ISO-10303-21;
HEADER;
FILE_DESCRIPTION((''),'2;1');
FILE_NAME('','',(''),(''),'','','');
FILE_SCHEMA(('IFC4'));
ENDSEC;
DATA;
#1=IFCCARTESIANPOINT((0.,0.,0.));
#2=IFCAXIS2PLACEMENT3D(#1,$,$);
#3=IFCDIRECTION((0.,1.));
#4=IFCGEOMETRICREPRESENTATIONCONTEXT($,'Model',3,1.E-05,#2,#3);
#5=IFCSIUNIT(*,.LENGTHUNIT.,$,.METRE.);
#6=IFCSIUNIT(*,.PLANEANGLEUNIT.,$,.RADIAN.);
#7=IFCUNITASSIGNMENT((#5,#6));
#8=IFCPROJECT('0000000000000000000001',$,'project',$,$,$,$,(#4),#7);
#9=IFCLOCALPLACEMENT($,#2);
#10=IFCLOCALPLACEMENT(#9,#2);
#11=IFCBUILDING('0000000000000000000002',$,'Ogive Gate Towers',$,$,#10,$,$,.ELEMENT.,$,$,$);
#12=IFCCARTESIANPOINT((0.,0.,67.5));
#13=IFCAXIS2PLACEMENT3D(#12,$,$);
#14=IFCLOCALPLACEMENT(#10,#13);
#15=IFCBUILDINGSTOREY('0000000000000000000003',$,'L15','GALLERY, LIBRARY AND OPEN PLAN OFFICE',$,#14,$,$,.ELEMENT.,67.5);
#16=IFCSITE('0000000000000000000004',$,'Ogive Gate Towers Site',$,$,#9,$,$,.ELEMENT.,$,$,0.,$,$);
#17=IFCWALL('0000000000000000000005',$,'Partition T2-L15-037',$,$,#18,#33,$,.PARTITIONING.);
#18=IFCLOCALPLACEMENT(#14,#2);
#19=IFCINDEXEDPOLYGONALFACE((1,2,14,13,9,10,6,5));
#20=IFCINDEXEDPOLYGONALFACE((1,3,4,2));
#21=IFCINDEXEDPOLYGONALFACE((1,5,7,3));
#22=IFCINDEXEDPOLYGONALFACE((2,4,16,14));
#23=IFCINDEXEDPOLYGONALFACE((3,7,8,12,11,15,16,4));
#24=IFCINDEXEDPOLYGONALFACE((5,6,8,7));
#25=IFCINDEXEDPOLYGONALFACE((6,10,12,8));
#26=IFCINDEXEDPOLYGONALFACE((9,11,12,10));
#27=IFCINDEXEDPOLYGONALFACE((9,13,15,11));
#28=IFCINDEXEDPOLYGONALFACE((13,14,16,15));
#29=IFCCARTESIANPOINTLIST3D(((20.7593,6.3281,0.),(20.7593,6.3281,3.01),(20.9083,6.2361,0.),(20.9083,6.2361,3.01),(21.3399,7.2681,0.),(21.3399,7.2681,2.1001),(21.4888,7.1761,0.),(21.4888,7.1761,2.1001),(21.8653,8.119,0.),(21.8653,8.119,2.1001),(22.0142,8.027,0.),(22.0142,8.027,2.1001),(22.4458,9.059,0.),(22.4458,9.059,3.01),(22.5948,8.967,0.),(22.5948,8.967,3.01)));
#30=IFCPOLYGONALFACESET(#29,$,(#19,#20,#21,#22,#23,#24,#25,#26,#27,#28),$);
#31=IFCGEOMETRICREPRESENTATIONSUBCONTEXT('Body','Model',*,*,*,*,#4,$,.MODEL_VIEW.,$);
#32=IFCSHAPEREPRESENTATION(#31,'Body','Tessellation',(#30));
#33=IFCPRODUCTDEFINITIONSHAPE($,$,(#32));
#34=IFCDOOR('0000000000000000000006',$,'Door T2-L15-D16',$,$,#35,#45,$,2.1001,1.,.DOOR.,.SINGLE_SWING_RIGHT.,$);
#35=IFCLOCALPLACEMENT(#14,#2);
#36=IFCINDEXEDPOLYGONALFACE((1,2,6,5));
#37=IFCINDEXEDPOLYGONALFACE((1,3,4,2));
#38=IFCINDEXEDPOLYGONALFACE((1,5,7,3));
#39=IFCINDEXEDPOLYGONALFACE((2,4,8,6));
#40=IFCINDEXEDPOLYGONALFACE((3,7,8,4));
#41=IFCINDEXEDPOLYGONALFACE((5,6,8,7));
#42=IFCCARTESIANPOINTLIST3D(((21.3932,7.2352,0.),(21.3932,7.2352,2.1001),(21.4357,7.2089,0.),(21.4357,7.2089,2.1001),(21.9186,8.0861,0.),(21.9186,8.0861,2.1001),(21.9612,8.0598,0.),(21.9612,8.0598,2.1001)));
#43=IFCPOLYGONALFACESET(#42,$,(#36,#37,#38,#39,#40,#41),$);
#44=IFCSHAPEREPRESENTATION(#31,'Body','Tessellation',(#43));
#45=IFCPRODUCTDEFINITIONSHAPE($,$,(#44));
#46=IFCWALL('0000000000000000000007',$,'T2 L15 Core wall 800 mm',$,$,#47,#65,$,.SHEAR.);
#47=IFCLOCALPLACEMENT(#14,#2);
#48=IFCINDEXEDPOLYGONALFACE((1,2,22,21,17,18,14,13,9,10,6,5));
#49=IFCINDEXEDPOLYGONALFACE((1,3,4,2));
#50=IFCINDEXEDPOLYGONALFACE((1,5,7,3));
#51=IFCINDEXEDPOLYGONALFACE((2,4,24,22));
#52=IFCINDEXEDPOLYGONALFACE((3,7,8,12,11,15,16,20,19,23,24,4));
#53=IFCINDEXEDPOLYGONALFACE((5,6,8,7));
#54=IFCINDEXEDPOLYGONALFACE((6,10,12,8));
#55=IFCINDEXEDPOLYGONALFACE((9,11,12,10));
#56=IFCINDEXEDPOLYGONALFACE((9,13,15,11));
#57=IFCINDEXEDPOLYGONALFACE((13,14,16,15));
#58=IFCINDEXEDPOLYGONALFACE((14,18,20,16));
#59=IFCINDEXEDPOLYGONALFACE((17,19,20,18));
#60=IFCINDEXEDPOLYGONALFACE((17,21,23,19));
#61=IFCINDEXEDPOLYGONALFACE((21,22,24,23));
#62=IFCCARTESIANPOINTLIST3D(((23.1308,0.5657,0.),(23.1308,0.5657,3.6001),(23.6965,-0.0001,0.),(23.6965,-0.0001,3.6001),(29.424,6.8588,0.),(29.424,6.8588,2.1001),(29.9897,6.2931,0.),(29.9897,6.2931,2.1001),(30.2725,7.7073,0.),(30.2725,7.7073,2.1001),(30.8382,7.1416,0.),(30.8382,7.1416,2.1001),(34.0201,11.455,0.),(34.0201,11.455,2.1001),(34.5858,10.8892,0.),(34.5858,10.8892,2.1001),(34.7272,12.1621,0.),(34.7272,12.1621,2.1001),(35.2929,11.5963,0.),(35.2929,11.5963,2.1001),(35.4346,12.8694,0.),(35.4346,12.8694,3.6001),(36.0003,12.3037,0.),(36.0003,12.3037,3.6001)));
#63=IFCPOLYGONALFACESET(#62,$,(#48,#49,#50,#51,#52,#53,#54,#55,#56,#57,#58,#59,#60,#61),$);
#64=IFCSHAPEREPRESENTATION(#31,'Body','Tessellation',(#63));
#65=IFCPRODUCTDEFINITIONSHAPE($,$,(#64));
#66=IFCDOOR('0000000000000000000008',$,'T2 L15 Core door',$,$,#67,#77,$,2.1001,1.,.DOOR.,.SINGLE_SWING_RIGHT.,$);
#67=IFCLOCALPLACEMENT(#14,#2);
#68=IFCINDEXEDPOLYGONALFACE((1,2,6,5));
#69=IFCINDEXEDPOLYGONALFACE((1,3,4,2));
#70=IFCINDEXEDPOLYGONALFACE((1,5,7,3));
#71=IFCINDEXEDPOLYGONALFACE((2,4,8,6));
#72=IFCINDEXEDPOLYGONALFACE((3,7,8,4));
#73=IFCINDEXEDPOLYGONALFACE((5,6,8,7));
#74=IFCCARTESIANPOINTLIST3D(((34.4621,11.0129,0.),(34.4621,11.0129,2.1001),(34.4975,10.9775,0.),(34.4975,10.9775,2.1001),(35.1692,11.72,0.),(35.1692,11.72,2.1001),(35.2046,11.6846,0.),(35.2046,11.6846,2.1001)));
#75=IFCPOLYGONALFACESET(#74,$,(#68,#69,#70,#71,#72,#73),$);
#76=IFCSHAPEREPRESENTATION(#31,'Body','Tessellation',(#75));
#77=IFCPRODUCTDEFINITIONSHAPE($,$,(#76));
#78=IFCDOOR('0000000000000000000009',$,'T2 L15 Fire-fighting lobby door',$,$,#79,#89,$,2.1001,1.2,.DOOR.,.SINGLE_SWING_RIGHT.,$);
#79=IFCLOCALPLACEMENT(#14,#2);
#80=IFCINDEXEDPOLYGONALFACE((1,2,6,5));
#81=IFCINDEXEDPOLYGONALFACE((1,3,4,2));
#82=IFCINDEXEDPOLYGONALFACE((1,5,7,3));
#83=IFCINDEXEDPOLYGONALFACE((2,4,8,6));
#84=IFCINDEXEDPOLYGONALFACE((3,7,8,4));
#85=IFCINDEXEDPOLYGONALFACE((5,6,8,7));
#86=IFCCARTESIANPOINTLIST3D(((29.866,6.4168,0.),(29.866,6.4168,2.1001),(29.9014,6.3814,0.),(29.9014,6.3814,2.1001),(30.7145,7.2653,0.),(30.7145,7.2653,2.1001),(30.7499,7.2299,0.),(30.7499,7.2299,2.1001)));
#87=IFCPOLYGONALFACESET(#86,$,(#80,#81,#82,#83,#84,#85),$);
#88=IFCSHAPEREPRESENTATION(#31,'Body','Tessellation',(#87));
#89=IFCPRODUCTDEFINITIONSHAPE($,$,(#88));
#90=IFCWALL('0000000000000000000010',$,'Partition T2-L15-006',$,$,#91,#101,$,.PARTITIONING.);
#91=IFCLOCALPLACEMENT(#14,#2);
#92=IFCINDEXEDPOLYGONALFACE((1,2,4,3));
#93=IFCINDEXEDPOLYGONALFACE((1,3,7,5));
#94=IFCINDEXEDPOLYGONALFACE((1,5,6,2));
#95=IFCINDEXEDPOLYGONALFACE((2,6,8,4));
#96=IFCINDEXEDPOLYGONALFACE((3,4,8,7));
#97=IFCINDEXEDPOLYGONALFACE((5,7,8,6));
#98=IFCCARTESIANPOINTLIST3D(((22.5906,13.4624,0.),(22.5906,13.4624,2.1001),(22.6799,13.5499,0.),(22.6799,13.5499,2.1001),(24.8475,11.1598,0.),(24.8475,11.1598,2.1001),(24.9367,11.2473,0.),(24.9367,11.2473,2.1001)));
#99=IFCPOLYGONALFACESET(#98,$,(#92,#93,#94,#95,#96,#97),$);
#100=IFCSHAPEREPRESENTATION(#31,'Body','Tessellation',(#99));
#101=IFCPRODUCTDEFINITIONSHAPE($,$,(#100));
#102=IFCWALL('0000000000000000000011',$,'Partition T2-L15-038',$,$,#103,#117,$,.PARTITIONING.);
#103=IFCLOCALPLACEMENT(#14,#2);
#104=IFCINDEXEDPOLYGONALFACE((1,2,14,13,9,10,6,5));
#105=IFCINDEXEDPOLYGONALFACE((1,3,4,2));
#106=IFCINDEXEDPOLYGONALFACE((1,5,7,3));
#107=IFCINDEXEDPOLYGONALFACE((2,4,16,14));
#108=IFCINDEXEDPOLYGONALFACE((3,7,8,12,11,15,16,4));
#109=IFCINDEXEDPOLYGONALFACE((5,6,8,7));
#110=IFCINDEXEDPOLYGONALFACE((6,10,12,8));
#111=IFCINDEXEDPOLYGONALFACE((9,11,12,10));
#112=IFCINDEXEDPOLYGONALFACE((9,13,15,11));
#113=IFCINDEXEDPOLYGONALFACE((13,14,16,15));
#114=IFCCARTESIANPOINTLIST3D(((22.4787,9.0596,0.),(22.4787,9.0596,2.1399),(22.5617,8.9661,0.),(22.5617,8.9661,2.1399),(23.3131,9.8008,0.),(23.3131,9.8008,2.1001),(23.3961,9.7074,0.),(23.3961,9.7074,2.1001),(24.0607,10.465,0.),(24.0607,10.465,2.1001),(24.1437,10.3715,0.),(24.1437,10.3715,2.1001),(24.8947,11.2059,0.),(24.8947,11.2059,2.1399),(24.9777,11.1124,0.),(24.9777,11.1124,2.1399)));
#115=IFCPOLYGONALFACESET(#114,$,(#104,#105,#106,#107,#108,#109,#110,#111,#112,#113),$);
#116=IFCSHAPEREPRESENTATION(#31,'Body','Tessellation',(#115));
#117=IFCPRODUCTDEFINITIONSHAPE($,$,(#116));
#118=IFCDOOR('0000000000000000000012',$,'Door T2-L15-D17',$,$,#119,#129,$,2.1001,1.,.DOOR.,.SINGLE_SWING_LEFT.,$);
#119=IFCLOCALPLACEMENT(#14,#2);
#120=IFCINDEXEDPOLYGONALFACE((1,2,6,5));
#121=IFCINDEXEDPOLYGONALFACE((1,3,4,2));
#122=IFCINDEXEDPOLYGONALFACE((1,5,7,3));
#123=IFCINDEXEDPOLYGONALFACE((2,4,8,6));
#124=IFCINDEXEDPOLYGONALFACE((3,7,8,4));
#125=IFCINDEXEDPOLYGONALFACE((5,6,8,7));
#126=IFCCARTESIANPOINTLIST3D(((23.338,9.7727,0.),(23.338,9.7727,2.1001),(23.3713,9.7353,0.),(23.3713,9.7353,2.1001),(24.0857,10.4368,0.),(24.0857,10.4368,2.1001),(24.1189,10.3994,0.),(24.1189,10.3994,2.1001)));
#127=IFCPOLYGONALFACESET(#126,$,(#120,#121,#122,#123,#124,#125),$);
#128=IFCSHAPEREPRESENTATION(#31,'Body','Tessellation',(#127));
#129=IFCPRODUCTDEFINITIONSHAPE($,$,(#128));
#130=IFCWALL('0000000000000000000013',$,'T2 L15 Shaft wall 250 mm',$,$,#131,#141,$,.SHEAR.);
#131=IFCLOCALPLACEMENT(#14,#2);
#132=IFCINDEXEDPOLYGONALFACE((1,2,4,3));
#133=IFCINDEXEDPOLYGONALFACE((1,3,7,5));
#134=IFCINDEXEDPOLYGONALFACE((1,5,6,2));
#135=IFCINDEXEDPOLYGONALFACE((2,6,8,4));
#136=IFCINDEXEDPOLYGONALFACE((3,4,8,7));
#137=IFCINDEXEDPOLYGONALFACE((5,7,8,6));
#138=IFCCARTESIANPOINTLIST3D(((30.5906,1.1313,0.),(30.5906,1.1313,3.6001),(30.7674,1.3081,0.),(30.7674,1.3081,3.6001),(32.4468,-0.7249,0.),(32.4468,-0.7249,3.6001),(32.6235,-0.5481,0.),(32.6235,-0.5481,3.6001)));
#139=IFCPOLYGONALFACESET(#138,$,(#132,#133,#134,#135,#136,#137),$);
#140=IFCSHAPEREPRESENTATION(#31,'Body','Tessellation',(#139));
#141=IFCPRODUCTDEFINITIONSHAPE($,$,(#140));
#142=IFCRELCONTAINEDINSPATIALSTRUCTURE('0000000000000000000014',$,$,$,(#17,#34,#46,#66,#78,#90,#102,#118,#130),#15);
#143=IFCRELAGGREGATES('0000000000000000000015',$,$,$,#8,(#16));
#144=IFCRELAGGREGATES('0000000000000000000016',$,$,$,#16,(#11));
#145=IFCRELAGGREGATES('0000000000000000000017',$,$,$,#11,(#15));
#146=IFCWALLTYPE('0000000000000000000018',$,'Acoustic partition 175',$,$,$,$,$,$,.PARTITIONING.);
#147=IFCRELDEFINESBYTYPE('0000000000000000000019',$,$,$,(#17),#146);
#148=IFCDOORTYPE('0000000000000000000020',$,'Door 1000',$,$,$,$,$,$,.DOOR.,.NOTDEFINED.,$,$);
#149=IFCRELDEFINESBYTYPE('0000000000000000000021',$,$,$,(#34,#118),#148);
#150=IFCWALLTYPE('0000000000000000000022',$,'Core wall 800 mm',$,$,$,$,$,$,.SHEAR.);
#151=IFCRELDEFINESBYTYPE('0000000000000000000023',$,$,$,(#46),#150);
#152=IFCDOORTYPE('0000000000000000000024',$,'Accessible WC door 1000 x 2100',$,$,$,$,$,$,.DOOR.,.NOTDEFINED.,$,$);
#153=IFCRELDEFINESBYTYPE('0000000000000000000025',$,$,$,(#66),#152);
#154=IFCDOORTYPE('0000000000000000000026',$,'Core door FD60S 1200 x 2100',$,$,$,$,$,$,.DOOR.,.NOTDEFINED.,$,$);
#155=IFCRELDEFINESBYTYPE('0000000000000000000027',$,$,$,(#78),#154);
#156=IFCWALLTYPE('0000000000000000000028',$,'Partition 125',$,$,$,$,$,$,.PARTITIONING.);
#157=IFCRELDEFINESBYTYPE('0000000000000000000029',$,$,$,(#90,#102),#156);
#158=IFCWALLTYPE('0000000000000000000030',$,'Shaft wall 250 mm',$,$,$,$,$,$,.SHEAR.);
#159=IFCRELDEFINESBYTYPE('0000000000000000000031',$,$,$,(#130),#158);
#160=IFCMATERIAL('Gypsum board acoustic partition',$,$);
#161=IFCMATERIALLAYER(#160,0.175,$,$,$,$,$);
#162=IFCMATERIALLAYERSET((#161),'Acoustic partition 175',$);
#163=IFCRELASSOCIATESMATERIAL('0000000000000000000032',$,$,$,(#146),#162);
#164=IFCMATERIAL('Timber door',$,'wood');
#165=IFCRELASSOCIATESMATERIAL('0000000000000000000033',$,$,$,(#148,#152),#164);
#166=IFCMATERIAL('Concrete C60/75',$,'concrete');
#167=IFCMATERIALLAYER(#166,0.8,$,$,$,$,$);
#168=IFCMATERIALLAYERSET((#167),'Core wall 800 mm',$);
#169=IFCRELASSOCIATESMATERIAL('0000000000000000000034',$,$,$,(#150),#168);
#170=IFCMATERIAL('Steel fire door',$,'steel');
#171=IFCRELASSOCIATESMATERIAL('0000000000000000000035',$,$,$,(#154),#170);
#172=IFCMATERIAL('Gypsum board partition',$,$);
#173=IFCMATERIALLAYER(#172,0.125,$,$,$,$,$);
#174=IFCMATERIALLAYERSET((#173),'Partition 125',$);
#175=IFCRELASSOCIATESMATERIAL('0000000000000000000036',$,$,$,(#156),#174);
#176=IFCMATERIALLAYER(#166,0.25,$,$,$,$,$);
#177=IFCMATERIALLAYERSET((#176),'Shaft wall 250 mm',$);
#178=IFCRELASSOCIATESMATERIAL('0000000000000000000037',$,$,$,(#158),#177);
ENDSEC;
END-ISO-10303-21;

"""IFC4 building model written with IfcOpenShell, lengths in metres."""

from ifc_helpers import new_model, si_unit, direction, frame, frame_2d, origin, place, context, subcontext, project, spatial, rectangle, extrude, material, layer, layer_set, type_object, element, fill, save


model = new_model("IFC4")

# Units and contexts
model_context = context("Model", 3, precision=1e-05, world=origin(), true_north=direction((0.0, 1.0)))
body_context = subcontext(model_context, "Body", "Model", "MODEL_VIEW")
ifc_project = project(units=[si_unit("LENGTHUNIT", "METRE"), si_unit("PLANEANGLEUNIT", "RADIAN")], contexts=[model_context])

# Site, building, storey
site_placement = place(None, origin())
site = spatial("IfcSite", under=ifc_project, at=site_placement, Name="Ogive Gate Towers Site", CompositionType="ELEMENT", RefElevation=0.0)
building_placement = place(site_placement, origin())
building = spatial("IfcBuilding", under=site, at=building_placement, Name="Ogive Gate Towers", CompositionType="ELEMENT")
storey_placement = place(building_placement, frame((0.0, 0.0, 67.5)))
storey = spatial("IfcBuildingStorey", under=building, at=storey_placement, Name="L15", Description="GALLERY, LIBRARY AND OPEN PLAN OFFICE", CompositionType="ELEMENT", Elevation=67.5)

# Shared definitions
ifc_material_1 = material(Name="Gypsum board acoustic partition")
ifc_layer_1 = layer(ifc_material_1, 0.175)
ifc_layer_set_1 = layer_set([ifc_layer_1], Name="Acoustic partition 175")
wall_type_1 = type_object("IfcWallType", Name="Acoustic partition 175", PredefinedType="PARTITIONING", material=ifc_layer_set_1)

# Wall, opening, door
ifc_material_2 = material(Name="Timber door", Category="wood")
door_type_1 = type_object("IfcDoorType", Name="Door 1000", OperationType="NOTDEFINED", PredefinedType="DOOR", material=ifc_material_2)
wall_1_placement = place(storey_placement, frame((20.8337, 6.282, 0.0), z_axis=(0.0, 0.0, 1.0), x_axis=(0.525438, 0.850832, 0.0)))
wall_1 = element("IfcWall", 1, at=wall_1_placement, inside=storey, type_object=wall_type_1, Name="Partition T2-L15-037", PredefinedType="PARTITIONING", context=body_context, shape_type="SweptSolid", body=[
    extrude(rectangle(XDim=3.2097, YDim=0.175, at=frame_2d((1.605, 0.0))), origin(), (0.0, 0.0, 1.0), 3.01),
])
opening_1_placement = place(wall_1_placement, frame((1.105, 0.0, 0.0)))
opening_1 = element("IfcOpeningElement", 2, at=opening_1_placement, cuts=wall_1, PredefinedType="OPENING", context=body_context, shape_type="SweptSolid", body=[
    extrude(rectangle(XDim=1.0, YDim=2.1001, at=frame_2d((0.5, 1.05))), frame((0.0, 0.0977, 0.0), z_axis=(0.0, -1.0, 0.0), x_axis=(1.0, 0.0, 0.0)), (0.0, 0.0, 1.0), 0.1951),
])
door_1_placement = place(opening_1_placement, origin())
door_1 = element("IfcDoor", 3, at=door_1_placement, inside=storey, type_object=door_type_1, Name="Door T2-L15-D16", OperationType="SINGLE_SWING_RIGHT", OverallHeight=2.1001, OverallWidth=1.0, PredefinedType="DOOR", context=body_context, shape_type="SweptSolid", body=[
    extrude(rectangle(XDim=1.0, YDim=2.1001, at=frame_2d((0.5, 1.05))), frame((0.0, 0.0249, 0.0), z_axis=(0.0, -1.0, 0.0), x_axis=(1.0, 0.0, 0.0)), (0.0, 0.0, 1.0), 0.05),
])
fill(opening_1, door_1)

# Wall, openings, doors
ifc_material_3 = material(Name="Concrete C60/75", Category="concrete")
ifc_layer_2 = layer(ifc_material_3, 0.8)
ifc_layer_set_2 = layer_set([ifc_layer_2], Name="Core wall 800 mm")
wall_type_2 = type_object("IfcWallType", Name="Core wall 800 mm", PredefinedType="SHEAR", material=ifc_layer_set_2)
wall_2_placement = place(storey_placement, frame((23.4136, 0.2827, 0.0), z_axis=(0.0, 0.0, 1.0), x_axis=(0.707107, 0.707107, 0.0)))
wall_2 = element("IfcWall", 4, at=wall_2_placement, inside=storey, type_object=wall_type_2, Name="T2 L15 Core wall 800 mm", PredefinedType="SHEAR", context=body_context, shape_type="SweptSolid", body=[
    extrude(rectangle(XDim=17.4001, YDim=0.8, at=frame_2d((8.7002, 0.0))), origin(), (0.0, 0.0, 1.0), 3.6001),
])
opening_2_placement = place(wall_2_placement, frame((8.8999, 0.0, 0.0)))
opening_2 = element("IfcOpeningElement", 5, at=opening_2_placement, cuts=wall_2, PredefinedType="OPENING", context=body_context, shape_type="SweptSolid", body=[
    extrude(rectangle(XDim=1.2, YDim=2.1001, at=frame_2d((0.6001, 1.05))), frame((0.0, 0.4102, 0.0), z_axis=(0.0, -1.0, 0.0), x_axis=(1.0, 0.0, 0.0)), (0.0, 0.0, 1.0), 0.8201),
])
opening_3_placement = place(wall_2_placement, frame((15.3999, 0.0, 0.0)))
opening_3 = element("IfcOpeningElement", 6, at=opening_3_placement, cuts=wall_2, PredefinedType="OPENING", context=body_context, shape_type="SweptSolid", body=[
    extrude(rectangle(XDim=1.0, YDim=2.1001, at=frame_2d((0.5, 1.05))), frame((0.0, 0.4102, 0.0), z_axis=(0.0, -1.0, 0.0), x_axis=(1.0, 0.0, 0.0)), (0.0, 0.0, 1.0), 0.8201),
])
door_type_2 = type_object("IfcDoorType", Name="Accessible WC door 1000 x 2100", OperationType="NOTDEFINED", PredefinedType="DOOR", material=ifc_material_2)
door_2_placement = place(opening_3_placement, origin())
door_2 = element("IfcDoor", 7, at=door_2_placement, inside=storey, type_object=door_type_2, Name="T2 L15 Core door", OperationType="SINGLE_SWING_RIGHT", OverallHeight=2.1001, OverallWidth=1.0, PredefinedType="DOOR", context=body_context, shape_type="SweptSolid", body=[
    extrude(rectangle(XDim=1.0, YDim=2.1001, at=frame_2d((0.5, 1.05))), frame((0.0, -0.2251, 0.0), z_axis=(0.0, -1.0, 0.0), x_axis=(1.0, 0.0, 0.0)), (0.0, 0.0, 1.0), 0.05),
])
fill(opening_3, door_2)
ifc_material_4 = material(Name="Steel fire door", Category="steel")
door_type_3 = type_object("IfcDoorType", Name="Core door FD60S 1200 x 2100", OperationType="NOTDEFINED", PredefinedType="DOOR", material=ifc_material_4)
door_3_placement = place(opening_2_placement, origin())
door_3 = element("IfcDoor", 8, at=door_3_placement, inside=storey, type_object=door_type_3, Name="T2 L15 Fire-fighting lobby door", OperationType="SINGLE_SWING_RIGHT", OverallHeight=2.1001, OverallWidth=1.2, PredefinedType="DOOR", context=body_context, shape_type="SweptSolid", body=[
    extrude(rectangle(XDim=1.2, YDim=2.1001, at=frame_2d((0.6001, 1.05))), frame((0.0, -0.2251, 0.0), z_axis=(0.0, -1.0, 0.0), x_axis=(1.0, 0.0, 0.0)), (0.0, 0.0, 1.0), 0.05),
])
fill(opening_2, door_3)

# Wall
ifc_material_5 = material(Name="Gypsum board partition")
ifc_layer_3 = layer(ifc_material_5, 0.125)
ifc_layer_set_3 = layer_set([ifc_layer_3], Name="Partition 125")
wall_type_3 = type_object("IfcWallType", Name="Partition 125", PredefinedType="PARTITIONING", material=ifc_layer_set_3)
wall_3_placement = place(storey_placement, frame((22.6353, 13.5061, 0.0), z_axis=(0.0, 0.0, 1.0), x_axis=(0.699991, -0.714152, 0.0)))
element("IfcWall", 9, at=wall_3_placement, inside=storey, type_object=wall_type_3, Name="Partition T2-L15-006", PredefinedType="PARTITIONING", context=body_context, shape_type="SweptSolid", body=[
    extrude(rectangle(XDim=3.2241, YDim=0.125, at=frame_2d((1.6121, 0.0))), origin(), (0.0, 0.0, 1.0), 2.1001),
])

# Wall, opening, door
wall_4_placement = place(storey_placement, frame((22.5203, 9.0129, 0.0), z_axis=(0.0, 0.0, 1.0), x_axis=(0.747614, 0.664134, 0.0)))
wall_4 = element("IfcWall", 10, at=wall_4_placement, inside=storey, type_object=wall_type_3, Name="Partition T2-L15-038", PredefinedType="PARTITIONING", context=body_context, shape_type="SweptSolid", body=[
    extrude(rectangle(XDim=3.2317, YDim=0.125, at=frame_2d((1.6157, 0.0))), origin(), (0.0, 0.0, 1.0), 2.1399),
])
opening_4_placement = place(wall_4_placement, frame((1.116, 0.0, 0.0)))
opening_4 = element("IfcOpeningElement", 11, at=opening_4_placement, cuts=wall_4, PredefinedType="OPENING", context=body_context, shape_type="SweptSolid", body=[
    extrude(rectangle(XDim=1.0, YDim=2.1001, at=frame_2d((0.5, 1.05))), frame((0.0, 0.0725, 0.0), z_axis=(0.0, -1.0, 0.0), x_axis=(1.0, 0.0, 0.0)), (0.0, 0.0, 1.0), 0.145),
])
door_4_placement = place(opening_4_placement, origin())
door_4 = element("IfcDoor", 12, at=door_4_placement, inside=storey, type_object=door_type_1, Name="Door T2-L15-D17", OperationType="SINGLE_SWING_LEFT", OverallHeight=2.1001, OverallWidth=1.0, PredefinedType="DOOR", context=body_context, shape_type="SweptSolid", body=[
    extrude(rectangle(XDim=1.0, YDim=2.1001, at=frame_2d((0.5, 1.05))), frame((0.0, 0.0249, 0.0), z_axis=(0.0, -1.0, 0.0), x_axis=(1.0, 0.0, 0.0)), (0.0, 0.0, 1.0), 0.05),
])
fill(opening_4, door_4)

# Wall
ifc_layer_4 = layer(ifc_material_3, 0.25)
ifc_layer_set_4 = layer_set([ifc_layer_4], Name="Shaft wall 250 mm")
wall_type_4 = type_object("IfcWallType", Name="Shaft wall 250 mm", PredefinedType="SHEAR", material=ifc_layer_set_4)
wall_5_placement = place(storey_placement, frame((32.5352, -0.6365, 0.0), z_axis=(0.0, 0.0, 1.0), x_axis=(-0.707107, 0.707107, 0.0)))
element("IfcWall", 13, at=wall_5_placement, inside=storey, type_object=wall_type_4, Name="T2 L15 Shaft wall 250 mm", PredefinedType="SHEAR", context=body_context, shape_type="SweptSolid", body=[
    extrude(rectangle(XDim=2.625, YDim=0.25, at=frame_2d((1.3125, 0.0))), origin(), (0.0, 0.0, 1.0), 3.6001),
])

save(model, "model.ifc")
